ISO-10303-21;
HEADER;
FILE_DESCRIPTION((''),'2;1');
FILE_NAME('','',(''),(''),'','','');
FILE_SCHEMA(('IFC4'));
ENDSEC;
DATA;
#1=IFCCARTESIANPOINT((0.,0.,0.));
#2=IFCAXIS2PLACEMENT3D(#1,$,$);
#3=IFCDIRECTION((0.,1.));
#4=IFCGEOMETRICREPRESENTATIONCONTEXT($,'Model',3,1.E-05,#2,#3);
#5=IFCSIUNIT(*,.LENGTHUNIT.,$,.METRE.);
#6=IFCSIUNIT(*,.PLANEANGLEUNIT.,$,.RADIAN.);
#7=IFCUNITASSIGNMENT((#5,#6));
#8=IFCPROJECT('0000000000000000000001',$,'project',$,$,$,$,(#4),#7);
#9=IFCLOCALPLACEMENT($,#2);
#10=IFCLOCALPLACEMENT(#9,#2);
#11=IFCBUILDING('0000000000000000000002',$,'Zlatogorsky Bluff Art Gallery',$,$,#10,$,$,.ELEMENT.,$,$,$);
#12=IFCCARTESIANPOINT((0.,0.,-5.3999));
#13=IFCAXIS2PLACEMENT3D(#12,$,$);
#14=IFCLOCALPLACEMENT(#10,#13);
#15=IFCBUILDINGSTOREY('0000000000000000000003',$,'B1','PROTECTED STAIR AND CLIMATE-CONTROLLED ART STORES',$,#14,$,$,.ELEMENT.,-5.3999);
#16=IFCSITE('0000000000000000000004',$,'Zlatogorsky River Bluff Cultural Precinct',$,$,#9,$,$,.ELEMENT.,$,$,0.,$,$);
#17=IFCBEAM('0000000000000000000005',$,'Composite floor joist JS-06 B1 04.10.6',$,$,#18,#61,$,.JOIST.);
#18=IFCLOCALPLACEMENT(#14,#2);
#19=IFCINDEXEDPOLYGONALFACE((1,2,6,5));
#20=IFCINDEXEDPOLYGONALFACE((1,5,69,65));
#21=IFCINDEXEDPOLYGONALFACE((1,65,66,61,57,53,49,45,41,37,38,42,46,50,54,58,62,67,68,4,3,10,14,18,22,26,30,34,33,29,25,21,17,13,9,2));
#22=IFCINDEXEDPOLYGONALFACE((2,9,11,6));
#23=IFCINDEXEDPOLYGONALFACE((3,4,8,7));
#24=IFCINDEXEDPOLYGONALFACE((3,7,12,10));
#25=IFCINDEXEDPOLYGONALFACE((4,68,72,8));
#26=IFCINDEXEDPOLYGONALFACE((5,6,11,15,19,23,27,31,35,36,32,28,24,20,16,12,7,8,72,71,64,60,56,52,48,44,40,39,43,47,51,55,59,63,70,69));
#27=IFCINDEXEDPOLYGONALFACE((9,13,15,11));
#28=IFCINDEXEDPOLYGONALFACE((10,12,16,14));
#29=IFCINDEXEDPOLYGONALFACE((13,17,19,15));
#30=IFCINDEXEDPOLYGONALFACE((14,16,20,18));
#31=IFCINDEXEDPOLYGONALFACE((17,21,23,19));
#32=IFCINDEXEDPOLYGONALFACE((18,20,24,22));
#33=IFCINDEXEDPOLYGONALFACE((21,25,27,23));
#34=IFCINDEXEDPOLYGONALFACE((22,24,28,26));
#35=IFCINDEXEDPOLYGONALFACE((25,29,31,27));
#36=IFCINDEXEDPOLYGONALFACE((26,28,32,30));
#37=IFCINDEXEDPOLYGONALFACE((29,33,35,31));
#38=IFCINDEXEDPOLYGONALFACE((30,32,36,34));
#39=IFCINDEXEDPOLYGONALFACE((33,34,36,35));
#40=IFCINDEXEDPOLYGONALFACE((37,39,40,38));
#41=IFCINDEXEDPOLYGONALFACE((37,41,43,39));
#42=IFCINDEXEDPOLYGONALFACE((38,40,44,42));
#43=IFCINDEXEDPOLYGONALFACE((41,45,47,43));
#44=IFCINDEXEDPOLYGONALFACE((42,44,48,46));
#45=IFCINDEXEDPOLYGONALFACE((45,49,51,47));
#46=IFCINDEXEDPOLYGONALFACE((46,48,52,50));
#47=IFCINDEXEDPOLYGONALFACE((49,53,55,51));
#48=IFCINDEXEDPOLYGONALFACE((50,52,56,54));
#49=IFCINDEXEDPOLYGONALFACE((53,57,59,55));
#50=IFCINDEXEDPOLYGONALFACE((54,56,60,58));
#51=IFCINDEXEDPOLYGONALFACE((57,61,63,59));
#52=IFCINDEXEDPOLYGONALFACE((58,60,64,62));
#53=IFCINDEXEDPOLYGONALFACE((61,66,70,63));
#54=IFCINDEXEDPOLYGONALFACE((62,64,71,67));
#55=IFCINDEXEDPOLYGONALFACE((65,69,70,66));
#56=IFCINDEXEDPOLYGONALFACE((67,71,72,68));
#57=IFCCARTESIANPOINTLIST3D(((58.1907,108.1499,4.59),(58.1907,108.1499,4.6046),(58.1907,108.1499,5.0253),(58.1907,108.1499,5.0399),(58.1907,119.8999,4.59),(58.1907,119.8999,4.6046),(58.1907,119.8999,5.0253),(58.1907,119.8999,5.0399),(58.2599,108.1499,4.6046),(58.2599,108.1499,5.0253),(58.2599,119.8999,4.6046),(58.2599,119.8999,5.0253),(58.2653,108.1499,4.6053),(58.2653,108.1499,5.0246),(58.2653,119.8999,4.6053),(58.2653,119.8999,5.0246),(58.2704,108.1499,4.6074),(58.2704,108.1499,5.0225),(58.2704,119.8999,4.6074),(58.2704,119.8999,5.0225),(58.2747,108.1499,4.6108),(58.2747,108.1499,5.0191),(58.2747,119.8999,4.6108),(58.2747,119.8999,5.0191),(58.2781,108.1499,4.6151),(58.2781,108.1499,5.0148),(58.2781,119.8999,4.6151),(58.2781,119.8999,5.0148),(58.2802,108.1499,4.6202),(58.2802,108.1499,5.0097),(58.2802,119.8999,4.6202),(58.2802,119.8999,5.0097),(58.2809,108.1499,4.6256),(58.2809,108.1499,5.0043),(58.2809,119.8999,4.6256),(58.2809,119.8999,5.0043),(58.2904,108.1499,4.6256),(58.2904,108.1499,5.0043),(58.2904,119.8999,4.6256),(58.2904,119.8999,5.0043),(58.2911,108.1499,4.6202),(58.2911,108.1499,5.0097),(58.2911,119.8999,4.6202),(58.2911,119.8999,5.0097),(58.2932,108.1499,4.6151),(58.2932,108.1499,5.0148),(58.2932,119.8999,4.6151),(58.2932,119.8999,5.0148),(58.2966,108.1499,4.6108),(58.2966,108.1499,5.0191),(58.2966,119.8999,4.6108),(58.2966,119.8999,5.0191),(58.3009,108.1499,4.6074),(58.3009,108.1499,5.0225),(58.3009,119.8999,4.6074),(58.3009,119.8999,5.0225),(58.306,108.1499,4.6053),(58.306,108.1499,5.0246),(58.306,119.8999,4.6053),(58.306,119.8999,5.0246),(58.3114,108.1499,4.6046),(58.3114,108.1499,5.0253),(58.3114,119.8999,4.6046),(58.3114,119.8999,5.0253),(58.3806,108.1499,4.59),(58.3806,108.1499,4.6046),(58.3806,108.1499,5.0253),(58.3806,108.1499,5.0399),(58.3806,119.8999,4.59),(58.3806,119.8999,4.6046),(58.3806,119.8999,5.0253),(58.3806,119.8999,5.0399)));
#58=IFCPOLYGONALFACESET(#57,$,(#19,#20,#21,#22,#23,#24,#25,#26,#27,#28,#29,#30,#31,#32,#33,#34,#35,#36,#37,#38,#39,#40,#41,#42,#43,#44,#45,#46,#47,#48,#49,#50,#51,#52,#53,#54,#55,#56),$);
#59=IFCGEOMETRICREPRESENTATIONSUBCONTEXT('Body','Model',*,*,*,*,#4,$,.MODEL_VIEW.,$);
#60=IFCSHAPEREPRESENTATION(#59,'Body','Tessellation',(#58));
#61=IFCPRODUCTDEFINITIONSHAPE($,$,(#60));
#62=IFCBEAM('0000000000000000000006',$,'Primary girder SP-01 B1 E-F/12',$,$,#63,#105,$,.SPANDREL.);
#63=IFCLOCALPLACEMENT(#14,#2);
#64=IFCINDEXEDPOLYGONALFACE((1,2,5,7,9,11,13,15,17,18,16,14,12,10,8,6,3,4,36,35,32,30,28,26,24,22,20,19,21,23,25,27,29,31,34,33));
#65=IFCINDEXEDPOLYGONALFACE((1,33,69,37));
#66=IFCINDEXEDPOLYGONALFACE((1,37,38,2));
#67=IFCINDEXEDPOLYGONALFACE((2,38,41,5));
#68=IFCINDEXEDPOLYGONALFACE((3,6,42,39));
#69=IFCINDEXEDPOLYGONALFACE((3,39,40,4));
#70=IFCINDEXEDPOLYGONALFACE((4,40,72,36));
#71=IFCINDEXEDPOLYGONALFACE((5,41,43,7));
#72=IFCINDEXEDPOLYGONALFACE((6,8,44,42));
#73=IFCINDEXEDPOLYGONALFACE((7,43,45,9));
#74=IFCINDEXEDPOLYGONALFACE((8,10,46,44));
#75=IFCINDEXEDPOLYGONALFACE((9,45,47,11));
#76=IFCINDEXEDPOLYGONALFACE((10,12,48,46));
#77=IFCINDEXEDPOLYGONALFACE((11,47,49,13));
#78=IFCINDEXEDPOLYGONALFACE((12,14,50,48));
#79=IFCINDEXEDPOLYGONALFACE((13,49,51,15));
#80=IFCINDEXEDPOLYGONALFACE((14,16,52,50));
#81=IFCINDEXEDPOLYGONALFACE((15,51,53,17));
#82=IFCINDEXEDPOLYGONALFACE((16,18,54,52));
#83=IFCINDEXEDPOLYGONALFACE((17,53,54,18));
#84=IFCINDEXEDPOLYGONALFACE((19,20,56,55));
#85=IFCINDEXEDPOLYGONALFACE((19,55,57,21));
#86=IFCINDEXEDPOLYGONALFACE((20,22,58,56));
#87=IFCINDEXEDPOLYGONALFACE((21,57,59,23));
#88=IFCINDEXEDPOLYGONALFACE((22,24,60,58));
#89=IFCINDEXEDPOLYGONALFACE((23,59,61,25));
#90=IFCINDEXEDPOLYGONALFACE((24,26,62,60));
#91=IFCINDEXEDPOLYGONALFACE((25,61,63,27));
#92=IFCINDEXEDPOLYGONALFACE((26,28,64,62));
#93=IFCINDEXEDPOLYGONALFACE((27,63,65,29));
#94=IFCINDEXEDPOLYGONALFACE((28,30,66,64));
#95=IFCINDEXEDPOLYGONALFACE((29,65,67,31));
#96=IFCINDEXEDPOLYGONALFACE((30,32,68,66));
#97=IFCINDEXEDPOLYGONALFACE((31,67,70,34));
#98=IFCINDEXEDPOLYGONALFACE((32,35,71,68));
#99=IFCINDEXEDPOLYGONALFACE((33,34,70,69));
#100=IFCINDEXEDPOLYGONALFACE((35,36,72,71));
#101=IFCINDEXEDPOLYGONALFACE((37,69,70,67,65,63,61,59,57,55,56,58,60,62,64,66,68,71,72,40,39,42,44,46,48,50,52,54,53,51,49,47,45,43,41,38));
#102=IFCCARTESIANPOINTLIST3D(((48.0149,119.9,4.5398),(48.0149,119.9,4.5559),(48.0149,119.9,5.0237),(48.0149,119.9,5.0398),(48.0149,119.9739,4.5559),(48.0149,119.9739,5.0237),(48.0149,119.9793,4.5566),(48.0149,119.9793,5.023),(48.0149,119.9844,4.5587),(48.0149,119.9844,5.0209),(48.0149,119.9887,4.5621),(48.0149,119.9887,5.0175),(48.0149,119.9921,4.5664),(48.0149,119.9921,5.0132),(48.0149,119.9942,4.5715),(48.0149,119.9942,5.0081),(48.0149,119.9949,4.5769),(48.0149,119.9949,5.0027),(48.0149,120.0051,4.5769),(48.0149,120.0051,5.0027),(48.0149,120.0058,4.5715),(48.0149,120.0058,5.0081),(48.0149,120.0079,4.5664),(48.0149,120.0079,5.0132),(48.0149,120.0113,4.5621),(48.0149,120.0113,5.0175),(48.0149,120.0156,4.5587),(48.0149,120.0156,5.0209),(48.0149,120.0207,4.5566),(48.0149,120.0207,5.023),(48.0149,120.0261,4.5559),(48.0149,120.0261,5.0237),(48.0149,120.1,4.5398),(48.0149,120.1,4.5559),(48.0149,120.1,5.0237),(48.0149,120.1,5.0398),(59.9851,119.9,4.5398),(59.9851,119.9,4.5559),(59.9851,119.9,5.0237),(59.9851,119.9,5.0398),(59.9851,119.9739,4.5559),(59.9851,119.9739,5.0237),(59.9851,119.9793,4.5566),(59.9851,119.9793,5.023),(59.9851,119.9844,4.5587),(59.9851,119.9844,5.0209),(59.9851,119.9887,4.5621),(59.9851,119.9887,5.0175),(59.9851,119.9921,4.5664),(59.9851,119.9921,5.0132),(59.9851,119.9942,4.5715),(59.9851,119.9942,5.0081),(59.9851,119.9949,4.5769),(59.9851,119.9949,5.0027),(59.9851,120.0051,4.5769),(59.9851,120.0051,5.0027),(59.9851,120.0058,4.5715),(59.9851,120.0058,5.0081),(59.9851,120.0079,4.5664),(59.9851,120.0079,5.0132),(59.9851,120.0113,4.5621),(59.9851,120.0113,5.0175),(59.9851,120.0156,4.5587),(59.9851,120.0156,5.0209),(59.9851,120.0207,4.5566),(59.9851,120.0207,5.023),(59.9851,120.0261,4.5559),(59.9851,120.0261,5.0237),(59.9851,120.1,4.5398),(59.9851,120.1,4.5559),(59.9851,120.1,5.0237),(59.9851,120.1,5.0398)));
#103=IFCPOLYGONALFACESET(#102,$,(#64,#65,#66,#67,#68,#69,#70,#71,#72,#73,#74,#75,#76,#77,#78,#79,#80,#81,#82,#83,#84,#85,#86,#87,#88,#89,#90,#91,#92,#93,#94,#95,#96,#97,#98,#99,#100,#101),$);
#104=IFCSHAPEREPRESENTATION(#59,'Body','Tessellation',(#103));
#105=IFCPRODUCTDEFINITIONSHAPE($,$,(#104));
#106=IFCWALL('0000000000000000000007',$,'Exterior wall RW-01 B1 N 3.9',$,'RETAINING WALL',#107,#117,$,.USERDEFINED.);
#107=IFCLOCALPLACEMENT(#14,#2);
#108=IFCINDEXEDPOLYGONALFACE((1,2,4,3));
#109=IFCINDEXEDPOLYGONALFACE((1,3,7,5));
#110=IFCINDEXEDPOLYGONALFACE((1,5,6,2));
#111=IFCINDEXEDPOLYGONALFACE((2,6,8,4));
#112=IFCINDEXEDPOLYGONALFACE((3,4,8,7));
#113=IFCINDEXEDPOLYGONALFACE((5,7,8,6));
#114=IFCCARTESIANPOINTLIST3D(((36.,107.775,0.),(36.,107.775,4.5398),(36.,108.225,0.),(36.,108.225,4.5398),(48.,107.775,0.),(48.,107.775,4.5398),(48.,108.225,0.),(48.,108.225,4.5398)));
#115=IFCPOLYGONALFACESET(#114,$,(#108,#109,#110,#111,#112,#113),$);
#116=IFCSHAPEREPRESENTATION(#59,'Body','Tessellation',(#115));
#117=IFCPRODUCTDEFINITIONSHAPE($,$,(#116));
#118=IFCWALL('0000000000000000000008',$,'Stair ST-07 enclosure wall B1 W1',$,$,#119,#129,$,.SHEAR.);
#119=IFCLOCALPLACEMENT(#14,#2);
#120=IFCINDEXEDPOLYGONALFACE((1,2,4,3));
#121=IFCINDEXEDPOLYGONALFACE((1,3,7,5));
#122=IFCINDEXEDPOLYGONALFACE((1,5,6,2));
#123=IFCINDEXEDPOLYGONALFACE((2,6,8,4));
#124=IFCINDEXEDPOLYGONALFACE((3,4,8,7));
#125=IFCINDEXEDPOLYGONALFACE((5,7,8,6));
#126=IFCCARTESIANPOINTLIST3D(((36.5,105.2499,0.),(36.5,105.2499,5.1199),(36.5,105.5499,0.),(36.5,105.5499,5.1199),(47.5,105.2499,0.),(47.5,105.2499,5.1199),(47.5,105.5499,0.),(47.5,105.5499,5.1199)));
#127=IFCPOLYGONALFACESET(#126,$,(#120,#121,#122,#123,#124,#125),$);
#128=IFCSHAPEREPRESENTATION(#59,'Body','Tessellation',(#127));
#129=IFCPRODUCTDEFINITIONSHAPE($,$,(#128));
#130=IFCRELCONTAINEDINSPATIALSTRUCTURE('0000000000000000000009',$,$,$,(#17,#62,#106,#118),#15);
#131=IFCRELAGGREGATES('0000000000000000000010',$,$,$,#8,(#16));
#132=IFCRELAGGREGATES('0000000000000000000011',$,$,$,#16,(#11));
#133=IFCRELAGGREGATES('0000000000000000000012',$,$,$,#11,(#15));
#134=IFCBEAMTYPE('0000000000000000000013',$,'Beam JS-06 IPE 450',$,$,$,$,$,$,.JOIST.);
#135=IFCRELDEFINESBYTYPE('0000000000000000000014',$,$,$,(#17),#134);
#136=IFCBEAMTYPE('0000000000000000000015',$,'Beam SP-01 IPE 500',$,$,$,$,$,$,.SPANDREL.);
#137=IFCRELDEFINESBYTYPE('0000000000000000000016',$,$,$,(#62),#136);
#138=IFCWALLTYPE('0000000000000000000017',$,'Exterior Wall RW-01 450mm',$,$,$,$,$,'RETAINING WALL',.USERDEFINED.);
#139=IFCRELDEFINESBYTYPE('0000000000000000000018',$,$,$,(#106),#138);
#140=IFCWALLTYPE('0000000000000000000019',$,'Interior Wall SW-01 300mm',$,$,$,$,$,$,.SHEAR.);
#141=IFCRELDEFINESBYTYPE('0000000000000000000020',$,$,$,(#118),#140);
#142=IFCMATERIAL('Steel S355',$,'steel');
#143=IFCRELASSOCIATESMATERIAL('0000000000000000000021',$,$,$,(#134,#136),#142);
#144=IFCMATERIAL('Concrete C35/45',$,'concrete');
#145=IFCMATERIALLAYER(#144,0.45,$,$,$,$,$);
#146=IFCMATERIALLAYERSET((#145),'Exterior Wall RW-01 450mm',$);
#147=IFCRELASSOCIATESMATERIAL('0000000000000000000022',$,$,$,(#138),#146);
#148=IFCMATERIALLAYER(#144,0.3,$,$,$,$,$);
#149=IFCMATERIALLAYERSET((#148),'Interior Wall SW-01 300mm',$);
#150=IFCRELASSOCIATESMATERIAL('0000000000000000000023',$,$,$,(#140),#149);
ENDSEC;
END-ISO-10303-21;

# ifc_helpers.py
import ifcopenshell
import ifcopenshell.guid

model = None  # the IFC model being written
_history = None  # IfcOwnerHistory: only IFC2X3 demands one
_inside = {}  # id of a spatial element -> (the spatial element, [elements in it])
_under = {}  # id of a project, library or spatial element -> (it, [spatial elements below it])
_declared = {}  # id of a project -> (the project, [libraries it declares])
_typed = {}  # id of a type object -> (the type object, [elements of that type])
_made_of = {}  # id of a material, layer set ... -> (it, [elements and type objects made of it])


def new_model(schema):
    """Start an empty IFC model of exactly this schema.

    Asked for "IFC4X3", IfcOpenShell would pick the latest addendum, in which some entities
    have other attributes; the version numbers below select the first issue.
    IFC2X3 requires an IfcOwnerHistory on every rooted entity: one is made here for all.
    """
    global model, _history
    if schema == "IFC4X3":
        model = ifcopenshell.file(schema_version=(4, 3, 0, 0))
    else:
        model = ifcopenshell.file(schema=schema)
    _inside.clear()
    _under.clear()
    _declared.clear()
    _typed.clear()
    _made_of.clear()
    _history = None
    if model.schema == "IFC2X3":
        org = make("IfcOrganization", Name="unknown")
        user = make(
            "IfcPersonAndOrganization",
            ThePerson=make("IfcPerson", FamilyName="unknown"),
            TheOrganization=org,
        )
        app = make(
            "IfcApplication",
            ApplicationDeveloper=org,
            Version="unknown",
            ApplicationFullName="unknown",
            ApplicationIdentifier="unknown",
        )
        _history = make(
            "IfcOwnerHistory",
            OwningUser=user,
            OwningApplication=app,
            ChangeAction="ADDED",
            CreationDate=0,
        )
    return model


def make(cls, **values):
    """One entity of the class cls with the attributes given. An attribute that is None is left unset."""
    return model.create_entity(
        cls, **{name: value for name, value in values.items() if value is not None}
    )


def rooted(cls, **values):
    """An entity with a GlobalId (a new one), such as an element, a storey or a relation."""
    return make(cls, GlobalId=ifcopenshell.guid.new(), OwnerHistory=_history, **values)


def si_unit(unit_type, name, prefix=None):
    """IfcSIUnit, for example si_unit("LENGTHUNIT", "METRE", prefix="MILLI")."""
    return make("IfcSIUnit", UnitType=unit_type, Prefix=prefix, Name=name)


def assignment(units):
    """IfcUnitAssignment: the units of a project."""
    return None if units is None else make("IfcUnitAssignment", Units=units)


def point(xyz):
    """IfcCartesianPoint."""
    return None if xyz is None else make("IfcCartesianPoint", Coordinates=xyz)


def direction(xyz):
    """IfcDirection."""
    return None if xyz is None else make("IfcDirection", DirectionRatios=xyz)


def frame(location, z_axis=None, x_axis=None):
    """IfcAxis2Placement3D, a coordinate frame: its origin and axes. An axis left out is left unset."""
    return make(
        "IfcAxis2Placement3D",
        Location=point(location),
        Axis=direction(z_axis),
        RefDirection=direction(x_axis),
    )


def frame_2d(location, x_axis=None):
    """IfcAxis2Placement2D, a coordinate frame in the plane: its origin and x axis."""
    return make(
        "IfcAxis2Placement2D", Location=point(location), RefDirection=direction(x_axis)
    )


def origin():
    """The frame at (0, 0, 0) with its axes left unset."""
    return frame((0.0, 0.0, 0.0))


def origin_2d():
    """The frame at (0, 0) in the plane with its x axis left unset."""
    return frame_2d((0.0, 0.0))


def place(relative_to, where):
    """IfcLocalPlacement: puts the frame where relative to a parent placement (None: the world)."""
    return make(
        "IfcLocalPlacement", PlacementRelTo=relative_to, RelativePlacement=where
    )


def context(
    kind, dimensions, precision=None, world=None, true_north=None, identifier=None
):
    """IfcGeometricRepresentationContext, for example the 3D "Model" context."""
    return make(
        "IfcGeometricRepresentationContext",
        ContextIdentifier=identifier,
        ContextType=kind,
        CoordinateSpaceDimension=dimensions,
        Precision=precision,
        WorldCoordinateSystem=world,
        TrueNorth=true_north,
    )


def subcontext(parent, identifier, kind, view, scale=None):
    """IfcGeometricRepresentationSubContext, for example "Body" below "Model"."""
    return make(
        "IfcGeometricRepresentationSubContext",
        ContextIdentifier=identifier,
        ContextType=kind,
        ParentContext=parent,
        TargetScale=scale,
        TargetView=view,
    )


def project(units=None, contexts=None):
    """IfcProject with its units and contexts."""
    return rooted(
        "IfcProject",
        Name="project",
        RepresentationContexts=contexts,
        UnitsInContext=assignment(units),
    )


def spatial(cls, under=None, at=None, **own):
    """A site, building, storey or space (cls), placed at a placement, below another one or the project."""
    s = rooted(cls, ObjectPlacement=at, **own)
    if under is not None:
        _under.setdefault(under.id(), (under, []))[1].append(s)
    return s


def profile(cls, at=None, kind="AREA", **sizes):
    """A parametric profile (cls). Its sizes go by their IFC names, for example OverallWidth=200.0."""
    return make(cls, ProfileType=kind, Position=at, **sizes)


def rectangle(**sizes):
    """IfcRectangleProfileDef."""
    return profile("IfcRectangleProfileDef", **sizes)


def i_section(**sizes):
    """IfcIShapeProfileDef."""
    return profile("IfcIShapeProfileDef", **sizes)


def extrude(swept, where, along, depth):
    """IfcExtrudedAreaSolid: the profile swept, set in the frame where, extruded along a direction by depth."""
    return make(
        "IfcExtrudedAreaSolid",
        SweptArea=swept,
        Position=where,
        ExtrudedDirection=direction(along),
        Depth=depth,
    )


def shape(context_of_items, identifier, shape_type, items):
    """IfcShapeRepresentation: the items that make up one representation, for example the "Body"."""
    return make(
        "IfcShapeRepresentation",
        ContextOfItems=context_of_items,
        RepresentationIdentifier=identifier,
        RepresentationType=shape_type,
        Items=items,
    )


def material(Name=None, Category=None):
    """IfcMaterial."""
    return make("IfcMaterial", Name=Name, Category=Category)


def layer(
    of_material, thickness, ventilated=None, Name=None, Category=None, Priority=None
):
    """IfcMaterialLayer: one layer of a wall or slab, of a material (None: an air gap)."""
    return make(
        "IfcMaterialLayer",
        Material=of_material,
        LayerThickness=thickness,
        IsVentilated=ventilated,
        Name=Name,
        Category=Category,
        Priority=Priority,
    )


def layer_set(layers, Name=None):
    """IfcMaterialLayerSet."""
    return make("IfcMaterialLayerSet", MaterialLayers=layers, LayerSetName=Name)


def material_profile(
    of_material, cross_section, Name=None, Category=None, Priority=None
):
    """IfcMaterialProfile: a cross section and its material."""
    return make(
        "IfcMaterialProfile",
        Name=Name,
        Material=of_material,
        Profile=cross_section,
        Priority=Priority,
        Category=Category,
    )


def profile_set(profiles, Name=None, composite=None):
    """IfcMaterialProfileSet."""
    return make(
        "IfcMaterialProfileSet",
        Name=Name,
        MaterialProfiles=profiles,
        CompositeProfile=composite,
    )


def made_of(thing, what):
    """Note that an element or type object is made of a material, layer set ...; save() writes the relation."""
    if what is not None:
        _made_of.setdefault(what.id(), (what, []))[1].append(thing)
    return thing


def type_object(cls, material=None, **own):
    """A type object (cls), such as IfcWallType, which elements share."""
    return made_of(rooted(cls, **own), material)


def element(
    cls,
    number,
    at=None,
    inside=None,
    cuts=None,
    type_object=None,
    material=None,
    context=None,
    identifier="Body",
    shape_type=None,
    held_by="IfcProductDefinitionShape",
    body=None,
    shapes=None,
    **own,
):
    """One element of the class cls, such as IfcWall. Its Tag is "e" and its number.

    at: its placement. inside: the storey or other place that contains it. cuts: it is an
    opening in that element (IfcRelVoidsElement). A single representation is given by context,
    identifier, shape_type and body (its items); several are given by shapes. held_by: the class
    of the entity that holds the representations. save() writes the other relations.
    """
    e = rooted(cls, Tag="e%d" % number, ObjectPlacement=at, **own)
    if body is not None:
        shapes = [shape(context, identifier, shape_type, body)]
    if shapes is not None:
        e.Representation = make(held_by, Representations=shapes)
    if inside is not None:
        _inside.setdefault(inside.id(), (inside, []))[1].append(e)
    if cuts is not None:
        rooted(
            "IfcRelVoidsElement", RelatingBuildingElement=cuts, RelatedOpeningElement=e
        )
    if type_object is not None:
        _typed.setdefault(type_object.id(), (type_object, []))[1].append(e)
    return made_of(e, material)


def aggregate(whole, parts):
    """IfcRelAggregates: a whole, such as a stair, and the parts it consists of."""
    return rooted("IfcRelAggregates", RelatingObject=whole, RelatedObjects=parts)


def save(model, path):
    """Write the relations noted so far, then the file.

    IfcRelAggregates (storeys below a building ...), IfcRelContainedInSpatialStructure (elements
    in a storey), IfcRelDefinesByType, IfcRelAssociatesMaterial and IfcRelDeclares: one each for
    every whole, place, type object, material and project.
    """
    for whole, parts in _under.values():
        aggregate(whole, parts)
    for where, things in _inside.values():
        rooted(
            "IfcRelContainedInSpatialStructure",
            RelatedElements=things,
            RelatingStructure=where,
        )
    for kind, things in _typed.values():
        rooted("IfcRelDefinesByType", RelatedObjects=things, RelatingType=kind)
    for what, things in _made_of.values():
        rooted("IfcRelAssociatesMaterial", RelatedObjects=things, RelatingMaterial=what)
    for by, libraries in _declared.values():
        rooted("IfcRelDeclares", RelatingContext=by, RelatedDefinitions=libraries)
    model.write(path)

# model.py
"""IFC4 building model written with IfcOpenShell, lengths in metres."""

from ifc_helpers import new_model, si_unit, direction, frame, frame_2d, origin, origin_2d, place, context, subcontext, project, spatial, rectangle, i_section, extrude, material, layer, layer_set, material_profile, profile_set, type_object, element, save


model = new_model("IFC4")

# Units and contexts
model_context = context("Model", 3, precision=1e-05, world=origin(), true_north=direction((0.0, 1.0)))
body_context = subcontext(model_context, "Body", "Model", "MODEL_VIEW")
ifc_project = project(units=[si_unit("LENGTHUNIT", "METRE"), si_unit("PLANEANGLEUNIT", "RADIAN")], contexts=[model_context])

# Site, building, storey
site_placement = place(None, origin())
site = spatial("IfcSite", under=ifc_project, at=site_placement, Name="Zlatogorsky River Bluff Cultural Precinct", CompositionType="ELEMENT", RefElevation=0.0)
building_placement = place(site_placement, origin())
building = spatial("IfcBuilding", under=site, at=building_placement, Name="Zlatogorsky Bluff Art Gallery", CompositionType="ELEMENT")
storey_placement = place(building_placement, frame((0.0, 0.0, -5.3999)))
storey = spatial("IfcBuildingStorey", under=building, at=storey_placement, Name="B1", Description="PROTECTED STAIR AND CLIMATE-CONTROLLED ART STORES", CompositionType="ELEMENT", Elevation=-5.3999)

# Shared definitions
ifc_material_1 = material(Name="Concrete C35/45", Category="concrete")

# Shared definitions
ifc_material_2 = material(Name="Steel S355", Category="steel")

# Beams
ifc_material_profile_1 = material_profile(ifc_material_2, i_section(OverallWidth=0.1899, OverallDepth=0.45, WebThickness=0.0095, FlangeThickness=0.0146, FilletRadius=0.021, at=origin_2d()), Name="IPE 450")
ifc_profile_set_1 = profile_set([ifc_material_profile_1], Name="Steel S355")
beam_type_1 = type_object("IfcBeamType", Name="Beam JS-06 IPE 450", PredefinedType="JOIST", material=ifc_profile_set_1)
for number, where, z_axis, x_axis, name in (
    (1, (58.2856, 108.1499, 4.8149), (0.0, 1.0, 0.0), (-1.0, 0.0, 0.0), "Composite floor joist JS-06 B1 04.10.6"),
):
    element("IfcBeam", number, at=place(storey_placement, frame(where, z_axis=z_axis, x_axis=x_axis)), inside=storey, type_object=beam_type_1, Name=name, PredefinedType="JOIST", context=body_context, shape_type="SweptSolid", body=[
        extrude(i_section(OverallWidth=0.1899, OverallDepth=0.45, WebThickness=0.0095, FlangeThickness=0.0146, FilletRadius=0.021, at=origin_2d()), origin(), (0.0, 0.0, 1.0), 11.75),
    ])
ifc_material_profile_2 = material_profile(ifc_material_2, i_section(OverallWidth=0.2, OverallDepth=0.5, WebThickness=0.0103, FlangeThickness=0.0161, FilletRadius=0.021, at=origin_2d()), Name="IPE 500")
ifc_profile_set_2 = profile_set([ifc_material_profile_2], Name="Steel S355")
beam_type_2 = type_object("IfcBeamType", Name="Beam SP-01 IPE 500", PredefinedType="SPANDREL", material=ifc_profile_set_2)
beam_1_placement = place(storey_placement, frame((48.0149, 120.0, 4.7898), z_axis=(1.0, 0.0, 0.0), x_axis=(0.0, 1.0, 0.0)))
element("IfcBeam", 2, at=beam_1_placement, inside=storey, type_object=beam_type_2, Name="Primary girder SP-01 B1 E-F/12", PredefinedType="SPANDREL", context=body_context, shape_type="SweptSolid", body=[
    extrude(i_section(OverallWidth=0.2, OverallDepth=0.5, WebThickness=0.0103, FlangeThickness=0.0161, FilletRadius=0.021, at=origin_2d()), origin(), (0.0, 0.0, 1.0), 11.9702),
])

# Walls
ifc_layer_1 = layer(ifc_material_1, 0.45)
ifc_layer_set_1 = layer_set([ifc_layer_1], Name="Exterior Wall RW-01 450mm")
wall_type_1 = type_object("IfcWallType", Name="Exterior Wall RW-01 450mm", ElementType="RETAINING WALL", PredefinedType="USERDEFINED", material=ifc_layer_set_1)
wall_1_placement = place(storey_placement, frame((48.0, 108.0, 0.0), z_axis=(0.0, 0.0, 1.0), x_axis=(-1.0, 0.0, 0.0)))
element("IfcWall", 3, at=wall_1_placement, inside=storey, type_object=wall_type_1, Name="Exterior wall RW-01 B1 N 3.9", ObjectType="RETAINING WALL", PredefinedType="USERDEFINED", context=body_context, shape_type="SweptSolid", body=[
    extrude(rectangle(XDim=12.0, YDim=0.45, at=frame_2d((6.0, 0.0))), origin(), (0.0, 0.0, 1.0), 4.5398),
])
ifc_layer_2 = layer(ifc_material_1, 0.3)
ifc_layer_set_2 = layer_set([ifc_layer_2], Name="Interior Wall SW-01 300mm")
wall_type_2 = type_object("IfcWallType", Name="Interior Wall SW-01 300mm", PredefinedType="SHEAR", material=ifc_layer_set_2)
wall_2_placement = place(storey_placement, frame((47.5, 105.3999, 0.0), z_axis=(0.0, 0.0, 1.0), x_axis=(-1.0, 0.0, 0.0)))
element("IfcWall", 4, at=wall_2_placement, inside=storey, type_object=wall_type_2, Name="Stair ST-07 enclosure wall B1 W1", PredefinedType="SHEAR", context=body_context, shape_type="SweptSolid", body=[
    extrude(rectangle(XDim=11.0, YDim=0.3, at=frame_2d((5.5, 0.0))), origin(), (0.0, 0.0, 1.0), 5.1199),
])

save(model, "model.ifc")
